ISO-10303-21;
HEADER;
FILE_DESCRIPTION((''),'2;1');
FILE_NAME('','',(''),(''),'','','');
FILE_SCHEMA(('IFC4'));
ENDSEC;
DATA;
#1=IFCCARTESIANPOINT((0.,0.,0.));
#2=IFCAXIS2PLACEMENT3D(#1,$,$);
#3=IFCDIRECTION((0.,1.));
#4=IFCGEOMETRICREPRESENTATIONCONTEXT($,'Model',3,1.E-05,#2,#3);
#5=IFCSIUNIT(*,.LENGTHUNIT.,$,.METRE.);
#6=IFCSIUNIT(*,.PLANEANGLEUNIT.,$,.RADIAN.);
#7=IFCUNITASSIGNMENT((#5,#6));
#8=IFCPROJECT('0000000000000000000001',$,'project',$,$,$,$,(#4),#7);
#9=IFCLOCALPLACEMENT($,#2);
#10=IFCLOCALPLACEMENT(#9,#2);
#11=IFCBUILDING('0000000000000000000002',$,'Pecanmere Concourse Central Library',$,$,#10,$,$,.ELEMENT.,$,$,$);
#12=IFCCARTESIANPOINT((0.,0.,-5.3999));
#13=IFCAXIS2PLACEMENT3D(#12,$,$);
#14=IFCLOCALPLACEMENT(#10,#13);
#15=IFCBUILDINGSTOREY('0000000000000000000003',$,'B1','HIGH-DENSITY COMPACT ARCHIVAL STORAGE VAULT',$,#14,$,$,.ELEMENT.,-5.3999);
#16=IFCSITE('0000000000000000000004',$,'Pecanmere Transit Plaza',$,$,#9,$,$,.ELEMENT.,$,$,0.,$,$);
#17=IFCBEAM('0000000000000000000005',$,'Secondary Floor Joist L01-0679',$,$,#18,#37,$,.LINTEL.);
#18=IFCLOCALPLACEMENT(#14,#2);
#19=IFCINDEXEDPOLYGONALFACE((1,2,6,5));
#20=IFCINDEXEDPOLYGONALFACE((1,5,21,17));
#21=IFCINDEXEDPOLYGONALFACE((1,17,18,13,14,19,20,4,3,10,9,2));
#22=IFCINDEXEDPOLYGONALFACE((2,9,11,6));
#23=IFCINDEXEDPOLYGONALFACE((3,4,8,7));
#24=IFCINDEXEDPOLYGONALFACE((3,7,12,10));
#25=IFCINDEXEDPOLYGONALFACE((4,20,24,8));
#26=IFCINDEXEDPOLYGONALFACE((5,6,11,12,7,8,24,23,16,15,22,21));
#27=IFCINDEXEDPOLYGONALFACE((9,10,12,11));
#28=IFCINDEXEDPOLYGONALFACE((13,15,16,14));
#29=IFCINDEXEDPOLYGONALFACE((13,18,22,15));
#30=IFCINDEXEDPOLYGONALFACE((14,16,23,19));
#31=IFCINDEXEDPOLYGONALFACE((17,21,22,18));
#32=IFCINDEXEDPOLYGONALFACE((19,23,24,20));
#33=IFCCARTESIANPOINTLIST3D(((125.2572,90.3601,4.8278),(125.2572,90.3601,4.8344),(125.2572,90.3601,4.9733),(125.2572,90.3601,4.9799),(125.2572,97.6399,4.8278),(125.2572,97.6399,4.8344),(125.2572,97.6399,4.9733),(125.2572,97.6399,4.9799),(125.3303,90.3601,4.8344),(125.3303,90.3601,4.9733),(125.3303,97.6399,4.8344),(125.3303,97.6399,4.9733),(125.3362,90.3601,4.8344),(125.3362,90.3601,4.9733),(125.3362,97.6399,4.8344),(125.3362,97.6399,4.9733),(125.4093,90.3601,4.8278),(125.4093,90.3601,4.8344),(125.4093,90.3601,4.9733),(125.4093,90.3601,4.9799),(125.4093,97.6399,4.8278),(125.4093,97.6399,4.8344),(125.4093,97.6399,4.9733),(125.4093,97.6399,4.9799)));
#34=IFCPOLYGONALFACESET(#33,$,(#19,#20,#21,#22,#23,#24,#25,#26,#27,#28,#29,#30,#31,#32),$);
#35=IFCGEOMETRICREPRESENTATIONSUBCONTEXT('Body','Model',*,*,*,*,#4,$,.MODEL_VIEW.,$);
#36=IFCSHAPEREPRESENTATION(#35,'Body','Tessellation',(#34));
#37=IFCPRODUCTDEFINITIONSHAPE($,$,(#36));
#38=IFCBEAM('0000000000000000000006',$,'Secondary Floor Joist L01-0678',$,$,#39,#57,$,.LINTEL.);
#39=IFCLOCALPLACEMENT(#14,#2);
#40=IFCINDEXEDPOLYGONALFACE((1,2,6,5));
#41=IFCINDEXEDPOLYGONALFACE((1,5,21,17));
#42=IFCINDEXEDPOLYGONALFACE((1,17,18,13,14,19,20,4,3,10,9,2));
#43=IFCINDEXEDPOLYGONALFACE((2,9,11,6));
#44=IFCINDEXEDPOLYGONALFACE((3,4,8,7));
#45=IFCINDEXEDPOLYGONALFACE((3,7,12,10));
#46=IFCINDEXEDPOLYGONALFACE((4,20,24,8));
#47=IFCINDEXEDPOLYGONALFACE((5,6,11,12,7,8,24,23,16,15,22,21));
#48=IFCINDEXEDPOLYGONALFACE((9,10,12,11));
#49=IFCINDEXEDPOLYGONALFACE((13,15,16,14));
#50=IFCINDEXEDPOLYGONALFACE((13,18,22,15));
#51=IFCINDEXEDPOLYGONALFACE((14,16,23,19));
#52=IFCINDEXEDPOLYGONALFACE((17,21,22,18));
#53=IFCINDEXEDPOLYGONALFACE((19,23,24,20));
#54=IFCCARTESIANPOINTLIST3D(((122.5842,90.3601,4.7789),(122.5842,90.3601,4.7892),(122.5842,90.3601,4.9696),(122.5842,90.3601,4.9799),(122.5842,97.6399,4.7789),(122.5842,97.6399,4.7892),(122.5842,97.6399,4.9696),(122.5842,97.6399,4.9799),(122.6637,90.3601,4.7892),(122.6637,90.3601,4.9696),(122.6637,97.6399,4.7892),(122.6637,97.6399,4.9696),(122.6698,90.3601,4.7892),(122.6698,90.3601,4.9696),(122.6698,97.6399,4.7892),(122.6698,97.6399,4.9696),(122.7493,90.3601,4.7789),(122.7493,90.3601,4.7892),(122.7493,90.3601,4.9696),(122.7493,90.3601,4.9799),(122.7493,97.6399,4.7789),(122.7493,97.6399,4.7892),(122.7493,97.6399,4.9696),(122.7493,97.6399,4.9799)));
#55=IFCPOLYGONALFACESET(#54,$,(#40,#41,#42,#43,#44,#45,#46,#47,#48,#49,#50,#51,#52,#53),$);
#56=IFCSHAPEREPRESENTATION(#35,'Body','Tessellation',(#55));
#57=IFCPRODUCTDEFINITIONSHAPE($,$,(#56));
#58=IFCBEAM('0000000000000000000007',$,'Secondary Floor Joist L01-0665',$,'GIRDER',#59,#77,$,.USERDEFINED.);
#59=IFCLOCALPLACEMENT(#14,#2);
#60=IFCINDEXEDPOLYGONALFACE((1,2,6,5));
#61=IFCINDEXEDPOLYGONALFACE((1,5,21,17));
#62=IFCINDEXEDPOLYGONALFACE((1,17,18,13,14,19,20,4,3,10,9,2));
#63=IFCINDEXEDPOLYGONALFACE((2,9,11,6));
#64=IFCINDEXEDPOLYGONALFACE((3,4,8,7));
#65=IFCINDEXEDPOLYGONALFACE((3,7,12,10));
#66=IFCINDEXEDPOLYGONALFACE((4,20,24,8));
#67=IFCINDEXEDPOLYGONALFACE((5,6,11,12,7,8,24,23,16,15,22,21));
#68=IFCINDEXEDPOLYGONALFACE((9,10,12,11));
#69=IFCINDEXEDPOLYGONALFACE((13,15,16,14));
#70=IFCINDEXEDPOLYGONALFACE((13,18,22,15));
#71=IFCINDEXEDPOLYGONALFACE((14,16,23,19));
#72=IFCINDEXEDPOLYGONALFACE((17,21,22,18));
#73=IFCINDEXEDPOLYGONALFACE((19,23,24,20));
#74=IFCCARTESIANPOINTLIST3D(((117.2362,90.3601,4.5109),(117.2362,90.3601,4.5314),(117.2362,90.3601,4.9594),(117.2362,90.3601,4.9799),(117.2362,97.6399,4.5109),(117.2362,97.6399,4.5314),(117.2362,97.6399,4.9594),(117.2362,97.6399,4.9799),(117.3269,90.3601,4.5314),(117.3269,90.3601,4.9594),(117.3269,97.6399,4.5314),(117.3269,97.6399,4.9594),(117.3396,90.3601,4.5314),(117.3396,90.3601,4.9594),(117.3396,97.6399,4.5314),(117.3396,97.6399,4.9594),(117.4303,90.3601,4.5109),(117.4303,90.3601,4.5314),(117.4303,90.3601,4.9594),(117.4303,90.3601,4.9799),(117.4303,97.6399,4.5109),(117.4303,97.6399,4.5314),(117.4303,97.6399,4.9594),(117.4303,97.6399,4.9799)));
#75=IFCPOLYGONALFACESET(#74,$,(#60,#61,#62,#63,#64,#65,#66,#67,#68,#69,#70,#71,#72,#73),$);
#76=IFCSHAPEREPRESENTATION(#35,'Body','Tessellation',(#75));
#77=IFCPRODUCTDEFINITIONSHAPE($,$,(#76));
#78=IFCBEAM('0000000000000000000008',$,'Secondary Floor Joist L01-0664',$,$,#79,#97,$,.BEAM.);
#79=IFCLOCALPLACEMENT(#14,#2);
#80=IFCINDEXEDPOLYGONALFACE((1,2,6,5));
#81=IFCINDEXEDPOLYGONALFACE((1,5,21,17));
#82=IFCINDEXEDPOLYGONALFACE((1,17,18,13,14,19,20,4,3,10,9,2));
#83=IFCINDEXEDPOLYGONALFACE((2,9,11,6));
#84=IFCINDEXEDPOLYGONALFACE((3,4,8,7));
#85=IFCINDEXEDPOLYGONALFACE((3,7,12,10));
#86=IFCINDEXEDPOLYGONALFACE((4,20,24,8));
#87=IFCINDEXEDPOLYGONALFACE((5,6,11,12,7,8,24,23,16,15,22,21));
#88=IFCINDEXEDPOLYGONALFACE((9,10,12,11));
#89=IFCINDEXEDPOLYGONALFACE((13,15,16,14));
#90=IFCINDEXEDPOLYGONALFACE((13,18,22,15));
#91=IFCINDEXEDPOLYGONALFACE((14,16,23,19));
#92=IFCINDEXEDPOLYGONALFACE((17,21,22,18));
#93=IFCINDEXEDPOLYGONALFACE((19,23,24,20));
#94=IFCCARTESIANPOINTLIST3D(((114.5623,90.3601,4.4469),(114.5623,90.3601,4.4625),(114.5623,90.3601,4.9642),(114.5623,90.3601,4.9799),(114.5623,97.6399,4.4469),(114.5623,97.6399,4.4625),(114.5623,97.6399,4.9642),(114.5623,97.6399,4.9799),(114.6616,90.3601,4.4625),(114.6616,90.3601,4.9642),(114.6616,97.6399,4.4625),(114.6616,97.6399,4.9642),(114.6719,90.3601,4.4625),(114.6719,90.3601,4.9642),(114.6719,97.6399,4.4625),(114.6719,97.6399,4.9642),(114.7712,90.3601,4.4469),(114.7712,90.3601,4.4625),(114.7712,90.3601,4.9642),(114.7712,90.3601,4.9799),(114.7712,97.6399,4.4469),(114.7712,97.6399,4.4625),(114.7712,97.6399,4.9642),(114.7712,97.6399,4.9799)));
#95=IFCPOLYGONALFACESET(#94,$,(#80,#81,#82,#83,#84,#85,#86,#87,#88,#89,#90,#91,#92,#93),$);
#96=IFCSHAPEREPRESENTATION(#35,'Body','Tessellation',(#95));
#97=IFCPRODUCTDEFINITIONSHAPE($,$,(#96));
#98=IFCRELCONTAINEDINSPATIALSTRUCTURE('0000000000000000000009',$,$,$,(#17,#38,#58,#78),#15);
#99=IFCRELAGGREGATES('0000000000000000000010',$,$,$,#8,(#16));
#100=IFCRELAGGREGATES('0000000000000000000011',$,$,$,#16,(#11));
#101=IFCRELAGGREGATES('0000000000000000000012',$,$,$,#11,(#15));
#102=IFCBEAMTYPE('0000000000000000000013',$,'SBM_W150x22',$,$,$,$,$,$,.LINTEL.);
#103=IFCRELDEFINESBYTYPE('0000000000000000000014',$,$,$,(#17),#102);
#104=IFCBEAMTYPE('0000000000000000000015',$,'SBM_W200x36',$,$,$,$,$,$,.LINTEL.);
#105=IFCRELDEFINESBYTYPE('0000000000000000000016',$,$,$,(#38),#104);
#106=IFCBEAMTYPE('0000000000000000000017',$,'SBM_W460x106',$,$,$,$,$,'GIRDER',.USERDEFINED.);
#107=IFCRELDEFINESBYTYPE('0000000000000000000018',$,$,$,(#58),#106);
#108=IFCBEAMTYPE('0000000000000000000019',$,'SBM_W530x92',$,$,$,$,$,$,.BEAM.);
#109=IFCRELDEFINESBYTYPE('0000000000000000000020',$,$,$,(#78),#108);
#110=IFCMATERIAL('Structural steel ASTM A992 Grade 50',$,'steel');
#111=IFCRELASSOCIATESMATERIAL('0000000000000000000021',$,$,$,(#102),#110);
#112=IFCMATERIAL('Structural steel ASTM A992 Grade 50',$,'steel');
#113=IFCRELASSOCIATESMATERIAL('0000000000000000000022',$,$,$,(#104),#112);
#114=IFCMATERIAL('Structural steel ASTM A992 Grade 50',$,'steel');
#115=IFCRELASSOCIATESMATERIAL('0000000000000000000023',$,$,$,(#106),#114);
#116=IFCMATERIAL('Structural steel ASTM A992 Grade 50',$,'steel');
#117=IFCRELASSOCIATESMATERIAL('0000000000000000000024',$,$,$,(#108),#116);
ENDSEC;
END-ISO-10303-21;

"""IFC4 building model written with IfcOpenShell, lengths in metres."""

from ifc_helpers import new_model, si_unit, direction, frame, origin, origin_2d, place, context, subcontext, project, spatial, i_section, extrude, material, material_profile, profile_set, type_object, element, save


model = new_model("IFC4")

# Units and contexts
model_context = context("Model", 3, precision=1e-05, world=origin(), true_north=direction((0.0, 1.0)))
body_context = subcontext(model_context, "Body", "Model", "MODEL_VIEW")
ifc_project = project(units=[si_unit("LENGTHUNIT", "METRE"), si_unit("PLANEANGLEUNIT", "RADIAN")], contexts=[model_context])

# Site, building, storey
site_placement = place(None, origin())
site = spatial("IfcSite", under=ifc_project, at=site_placement, Name="Pecanmere Transit Plaza", CompositionType="ELEMENT", RefElevation=0.0)
building_placement = place(site_placement, origin())
building = spatial("IfcBuilding", under=site, at=building_placement, Name="Pecanmere Concourse Central Library", CompositionType="ELEMENT")
storey_placement = place(building_placement, frame((0.0, 0.0, -5.3999)))
storey = spatial("IfcBuildingStorey", under=building, at=storey_placement, Name="B1", Description="HIGH-DENSITY COMPACT ARCHIVAL STORAGE VAULT", CompositionType="ELEMENT", Elevation=-5.3999)

# Beams
ifc_material_1 = material(Name="Structural steel ASTM A992 Grade 50", Category="steel")
ifc_material_profile_1 = material_profile(ifc_material_1, i_section(OverallWidth=0.1521, OverallDepth=0.1521, WebThickness=0.0059, FlangeThickness=0.0066, at=origin_2d()), Name="W150x22.5")
ifc_profile_set_1 = profile_set([ifc_material_profile_1], Name="Structural steel ASTM A992 Grade 50")
beam_type_1 = type_object("IfcBeamType", Name="SBM_W150x22", PredefinedType="LINTEL", material=ifc_profile_set_1)
beam_1_placement = place(storey_placement, frame((125.3333, 90.3601, 4.9038), z_axis=(0.0, 1.0, 0.0), x_axis=(-1.0, 0.0, 0.0)))
element("IfcBeam", 1, at=beam_1_placement, inside=storey, type_object=beam_type_1, Name="Secondary Floor Joist L01-0679", PredefinedType="LINTEL", context=body_context, shape_type="SweptSolid", body=[
    extrude(i_section(OverallWidth=0.1521, OverallDepth=0.1521, WebThickness=0.0059, FlangeThickness=0.0066, at=origin_2d()), origin(), (0.0, 0.0, 1.0), 7.2798),
])
ifc_material_2 = material(Name="Structural steel ASTM A992 Grade 50", Category="steel")
ifc_material_profile_2 = material_profile(ifc_material_2, i_section(OverallWidth=0.165, OverallDepth=0.2009, WebThickness=0.0061, FlangeThickness=0.0103, at=origin_2d()), Name="W200x35.9")
ifc_profile_set_2 = profile_set([ifc_material_profile_2], Name="Structural steel ASTM A992 Grade 50")
beam_type_2 = type_object("IfcBeamType", Name="SBM_W200x36", PredefinedType="LINTEL", material=ifc_profile_set_2)
beam_2_placement = place(storey_placement, frame((122.6667, 90.3601, 4.8794), z_axis=(0.0, 1.0, 0.0), x_axis=(-1.0, 0.0, 0.0)))
element("IfcBeam", 2, at=beam_2_placement, inside=storey, type_object=beam_type_2, Name="Secondary Floor Joist L01-0678", PredefinedType="LINTEL", context=body_context, shape_type="SweptSolid", body=[
    extrude(i_section(OverallWidth=0.165, OverallDepth=0.2009, WebThickness=0.0061, FlangeThickness=0.0103, at=origin_2d()), origin(), (0.0, 0.0, 1.0), 7.2798),
])
ifc_material_3 = material(Name="Structural steel ASTM A992 Grade 50", Category="steel")
ifc_material_profile_3 = material_profile(ifc_material_3, i_section(OverallWidth=0.1941, OverallDepth=0.469, WebThickness=0.0127, FlangeThickness=0.0205, at=origin_2d()), Name="W460x106")
ifc_profile_set_3 = profile_set([ifc_material_profile_3], Name="Structural steel ASTM A992 Grade 50")
beam_type_3 = type_object("IfcBeamType", Name="SBM_W460x106", ElementType="GIRDER", PredefinedType="USERDEFINED", material=ifc_profile_set_3)
beam_3_placement = place(storey_placement, frame((117.3333, 90.3601, 4.7454), z_axis=(0.0, 1.0, 0.0), x_axis=(-1.0, 0.0, 0.0)))
element("IfcBeam", 3, at=beam_3_placement, inside=storey, type_object=beam_type_3, Name="Secondary Floor Joist L01-0665", ObjectType="GIRDER", PredefinedType="USERDEFINED", context=body_context, shape_type="SweptSolid", body=[
    extrude(i_section(OverallWidth=0.1941, OverallDepth=0.469, WebThickness=0.0127, FlangeThickness=0.0205, at=origin_2d()), origin(), (0.0, 0.0, 1.0), 7.2798),
])
ifc_material_4 = material(Name="Structural steel ASTM A992 Grade 50", Category="steel")
ifc_material_profile_4 = material_profile(ifc_material_4, i_section(OverallWidth=0.209, OverallDepth=0.533, WebThickness=0.0103, FlangeThickness=0.0156, at=origin_2d()), Name="W530x92")
ifc_profile_set_4 = profile_set([ifc_material_profile_4], Name="Structural steel ASTM A992 Grade 50")
beam_type_4 = type_object("IfcBeamType", Name="SBM_W530x92", PredefinedType="BEAM", material=ifc_profile_set_4)
beam_4_placement = place(storey_placement, frame((114.6667, 90.3601, 4.7134), z_axis=(0.0, 1.0, 0.0), x_axis=(-1.0, 0.0, 0.0)))
element("IfcBeam", 4, at=beam_4_placement, inside=storey, type_object=beam_type_4, Name="Secondary Floor Joist L01-0664", PredefinedType="BEAM", context=body_context, shape_type="SweptSolid", body=[
    extrude(i_section(OverallWidth=0.209, OverallDepth=0.533, WebThickness=0.0103, FlangeThickness=0.0156, at=origin_2d()), origin(), (0.0, 0.0, 1.0), 7.2798),
])

save(model, "model.ifc")
